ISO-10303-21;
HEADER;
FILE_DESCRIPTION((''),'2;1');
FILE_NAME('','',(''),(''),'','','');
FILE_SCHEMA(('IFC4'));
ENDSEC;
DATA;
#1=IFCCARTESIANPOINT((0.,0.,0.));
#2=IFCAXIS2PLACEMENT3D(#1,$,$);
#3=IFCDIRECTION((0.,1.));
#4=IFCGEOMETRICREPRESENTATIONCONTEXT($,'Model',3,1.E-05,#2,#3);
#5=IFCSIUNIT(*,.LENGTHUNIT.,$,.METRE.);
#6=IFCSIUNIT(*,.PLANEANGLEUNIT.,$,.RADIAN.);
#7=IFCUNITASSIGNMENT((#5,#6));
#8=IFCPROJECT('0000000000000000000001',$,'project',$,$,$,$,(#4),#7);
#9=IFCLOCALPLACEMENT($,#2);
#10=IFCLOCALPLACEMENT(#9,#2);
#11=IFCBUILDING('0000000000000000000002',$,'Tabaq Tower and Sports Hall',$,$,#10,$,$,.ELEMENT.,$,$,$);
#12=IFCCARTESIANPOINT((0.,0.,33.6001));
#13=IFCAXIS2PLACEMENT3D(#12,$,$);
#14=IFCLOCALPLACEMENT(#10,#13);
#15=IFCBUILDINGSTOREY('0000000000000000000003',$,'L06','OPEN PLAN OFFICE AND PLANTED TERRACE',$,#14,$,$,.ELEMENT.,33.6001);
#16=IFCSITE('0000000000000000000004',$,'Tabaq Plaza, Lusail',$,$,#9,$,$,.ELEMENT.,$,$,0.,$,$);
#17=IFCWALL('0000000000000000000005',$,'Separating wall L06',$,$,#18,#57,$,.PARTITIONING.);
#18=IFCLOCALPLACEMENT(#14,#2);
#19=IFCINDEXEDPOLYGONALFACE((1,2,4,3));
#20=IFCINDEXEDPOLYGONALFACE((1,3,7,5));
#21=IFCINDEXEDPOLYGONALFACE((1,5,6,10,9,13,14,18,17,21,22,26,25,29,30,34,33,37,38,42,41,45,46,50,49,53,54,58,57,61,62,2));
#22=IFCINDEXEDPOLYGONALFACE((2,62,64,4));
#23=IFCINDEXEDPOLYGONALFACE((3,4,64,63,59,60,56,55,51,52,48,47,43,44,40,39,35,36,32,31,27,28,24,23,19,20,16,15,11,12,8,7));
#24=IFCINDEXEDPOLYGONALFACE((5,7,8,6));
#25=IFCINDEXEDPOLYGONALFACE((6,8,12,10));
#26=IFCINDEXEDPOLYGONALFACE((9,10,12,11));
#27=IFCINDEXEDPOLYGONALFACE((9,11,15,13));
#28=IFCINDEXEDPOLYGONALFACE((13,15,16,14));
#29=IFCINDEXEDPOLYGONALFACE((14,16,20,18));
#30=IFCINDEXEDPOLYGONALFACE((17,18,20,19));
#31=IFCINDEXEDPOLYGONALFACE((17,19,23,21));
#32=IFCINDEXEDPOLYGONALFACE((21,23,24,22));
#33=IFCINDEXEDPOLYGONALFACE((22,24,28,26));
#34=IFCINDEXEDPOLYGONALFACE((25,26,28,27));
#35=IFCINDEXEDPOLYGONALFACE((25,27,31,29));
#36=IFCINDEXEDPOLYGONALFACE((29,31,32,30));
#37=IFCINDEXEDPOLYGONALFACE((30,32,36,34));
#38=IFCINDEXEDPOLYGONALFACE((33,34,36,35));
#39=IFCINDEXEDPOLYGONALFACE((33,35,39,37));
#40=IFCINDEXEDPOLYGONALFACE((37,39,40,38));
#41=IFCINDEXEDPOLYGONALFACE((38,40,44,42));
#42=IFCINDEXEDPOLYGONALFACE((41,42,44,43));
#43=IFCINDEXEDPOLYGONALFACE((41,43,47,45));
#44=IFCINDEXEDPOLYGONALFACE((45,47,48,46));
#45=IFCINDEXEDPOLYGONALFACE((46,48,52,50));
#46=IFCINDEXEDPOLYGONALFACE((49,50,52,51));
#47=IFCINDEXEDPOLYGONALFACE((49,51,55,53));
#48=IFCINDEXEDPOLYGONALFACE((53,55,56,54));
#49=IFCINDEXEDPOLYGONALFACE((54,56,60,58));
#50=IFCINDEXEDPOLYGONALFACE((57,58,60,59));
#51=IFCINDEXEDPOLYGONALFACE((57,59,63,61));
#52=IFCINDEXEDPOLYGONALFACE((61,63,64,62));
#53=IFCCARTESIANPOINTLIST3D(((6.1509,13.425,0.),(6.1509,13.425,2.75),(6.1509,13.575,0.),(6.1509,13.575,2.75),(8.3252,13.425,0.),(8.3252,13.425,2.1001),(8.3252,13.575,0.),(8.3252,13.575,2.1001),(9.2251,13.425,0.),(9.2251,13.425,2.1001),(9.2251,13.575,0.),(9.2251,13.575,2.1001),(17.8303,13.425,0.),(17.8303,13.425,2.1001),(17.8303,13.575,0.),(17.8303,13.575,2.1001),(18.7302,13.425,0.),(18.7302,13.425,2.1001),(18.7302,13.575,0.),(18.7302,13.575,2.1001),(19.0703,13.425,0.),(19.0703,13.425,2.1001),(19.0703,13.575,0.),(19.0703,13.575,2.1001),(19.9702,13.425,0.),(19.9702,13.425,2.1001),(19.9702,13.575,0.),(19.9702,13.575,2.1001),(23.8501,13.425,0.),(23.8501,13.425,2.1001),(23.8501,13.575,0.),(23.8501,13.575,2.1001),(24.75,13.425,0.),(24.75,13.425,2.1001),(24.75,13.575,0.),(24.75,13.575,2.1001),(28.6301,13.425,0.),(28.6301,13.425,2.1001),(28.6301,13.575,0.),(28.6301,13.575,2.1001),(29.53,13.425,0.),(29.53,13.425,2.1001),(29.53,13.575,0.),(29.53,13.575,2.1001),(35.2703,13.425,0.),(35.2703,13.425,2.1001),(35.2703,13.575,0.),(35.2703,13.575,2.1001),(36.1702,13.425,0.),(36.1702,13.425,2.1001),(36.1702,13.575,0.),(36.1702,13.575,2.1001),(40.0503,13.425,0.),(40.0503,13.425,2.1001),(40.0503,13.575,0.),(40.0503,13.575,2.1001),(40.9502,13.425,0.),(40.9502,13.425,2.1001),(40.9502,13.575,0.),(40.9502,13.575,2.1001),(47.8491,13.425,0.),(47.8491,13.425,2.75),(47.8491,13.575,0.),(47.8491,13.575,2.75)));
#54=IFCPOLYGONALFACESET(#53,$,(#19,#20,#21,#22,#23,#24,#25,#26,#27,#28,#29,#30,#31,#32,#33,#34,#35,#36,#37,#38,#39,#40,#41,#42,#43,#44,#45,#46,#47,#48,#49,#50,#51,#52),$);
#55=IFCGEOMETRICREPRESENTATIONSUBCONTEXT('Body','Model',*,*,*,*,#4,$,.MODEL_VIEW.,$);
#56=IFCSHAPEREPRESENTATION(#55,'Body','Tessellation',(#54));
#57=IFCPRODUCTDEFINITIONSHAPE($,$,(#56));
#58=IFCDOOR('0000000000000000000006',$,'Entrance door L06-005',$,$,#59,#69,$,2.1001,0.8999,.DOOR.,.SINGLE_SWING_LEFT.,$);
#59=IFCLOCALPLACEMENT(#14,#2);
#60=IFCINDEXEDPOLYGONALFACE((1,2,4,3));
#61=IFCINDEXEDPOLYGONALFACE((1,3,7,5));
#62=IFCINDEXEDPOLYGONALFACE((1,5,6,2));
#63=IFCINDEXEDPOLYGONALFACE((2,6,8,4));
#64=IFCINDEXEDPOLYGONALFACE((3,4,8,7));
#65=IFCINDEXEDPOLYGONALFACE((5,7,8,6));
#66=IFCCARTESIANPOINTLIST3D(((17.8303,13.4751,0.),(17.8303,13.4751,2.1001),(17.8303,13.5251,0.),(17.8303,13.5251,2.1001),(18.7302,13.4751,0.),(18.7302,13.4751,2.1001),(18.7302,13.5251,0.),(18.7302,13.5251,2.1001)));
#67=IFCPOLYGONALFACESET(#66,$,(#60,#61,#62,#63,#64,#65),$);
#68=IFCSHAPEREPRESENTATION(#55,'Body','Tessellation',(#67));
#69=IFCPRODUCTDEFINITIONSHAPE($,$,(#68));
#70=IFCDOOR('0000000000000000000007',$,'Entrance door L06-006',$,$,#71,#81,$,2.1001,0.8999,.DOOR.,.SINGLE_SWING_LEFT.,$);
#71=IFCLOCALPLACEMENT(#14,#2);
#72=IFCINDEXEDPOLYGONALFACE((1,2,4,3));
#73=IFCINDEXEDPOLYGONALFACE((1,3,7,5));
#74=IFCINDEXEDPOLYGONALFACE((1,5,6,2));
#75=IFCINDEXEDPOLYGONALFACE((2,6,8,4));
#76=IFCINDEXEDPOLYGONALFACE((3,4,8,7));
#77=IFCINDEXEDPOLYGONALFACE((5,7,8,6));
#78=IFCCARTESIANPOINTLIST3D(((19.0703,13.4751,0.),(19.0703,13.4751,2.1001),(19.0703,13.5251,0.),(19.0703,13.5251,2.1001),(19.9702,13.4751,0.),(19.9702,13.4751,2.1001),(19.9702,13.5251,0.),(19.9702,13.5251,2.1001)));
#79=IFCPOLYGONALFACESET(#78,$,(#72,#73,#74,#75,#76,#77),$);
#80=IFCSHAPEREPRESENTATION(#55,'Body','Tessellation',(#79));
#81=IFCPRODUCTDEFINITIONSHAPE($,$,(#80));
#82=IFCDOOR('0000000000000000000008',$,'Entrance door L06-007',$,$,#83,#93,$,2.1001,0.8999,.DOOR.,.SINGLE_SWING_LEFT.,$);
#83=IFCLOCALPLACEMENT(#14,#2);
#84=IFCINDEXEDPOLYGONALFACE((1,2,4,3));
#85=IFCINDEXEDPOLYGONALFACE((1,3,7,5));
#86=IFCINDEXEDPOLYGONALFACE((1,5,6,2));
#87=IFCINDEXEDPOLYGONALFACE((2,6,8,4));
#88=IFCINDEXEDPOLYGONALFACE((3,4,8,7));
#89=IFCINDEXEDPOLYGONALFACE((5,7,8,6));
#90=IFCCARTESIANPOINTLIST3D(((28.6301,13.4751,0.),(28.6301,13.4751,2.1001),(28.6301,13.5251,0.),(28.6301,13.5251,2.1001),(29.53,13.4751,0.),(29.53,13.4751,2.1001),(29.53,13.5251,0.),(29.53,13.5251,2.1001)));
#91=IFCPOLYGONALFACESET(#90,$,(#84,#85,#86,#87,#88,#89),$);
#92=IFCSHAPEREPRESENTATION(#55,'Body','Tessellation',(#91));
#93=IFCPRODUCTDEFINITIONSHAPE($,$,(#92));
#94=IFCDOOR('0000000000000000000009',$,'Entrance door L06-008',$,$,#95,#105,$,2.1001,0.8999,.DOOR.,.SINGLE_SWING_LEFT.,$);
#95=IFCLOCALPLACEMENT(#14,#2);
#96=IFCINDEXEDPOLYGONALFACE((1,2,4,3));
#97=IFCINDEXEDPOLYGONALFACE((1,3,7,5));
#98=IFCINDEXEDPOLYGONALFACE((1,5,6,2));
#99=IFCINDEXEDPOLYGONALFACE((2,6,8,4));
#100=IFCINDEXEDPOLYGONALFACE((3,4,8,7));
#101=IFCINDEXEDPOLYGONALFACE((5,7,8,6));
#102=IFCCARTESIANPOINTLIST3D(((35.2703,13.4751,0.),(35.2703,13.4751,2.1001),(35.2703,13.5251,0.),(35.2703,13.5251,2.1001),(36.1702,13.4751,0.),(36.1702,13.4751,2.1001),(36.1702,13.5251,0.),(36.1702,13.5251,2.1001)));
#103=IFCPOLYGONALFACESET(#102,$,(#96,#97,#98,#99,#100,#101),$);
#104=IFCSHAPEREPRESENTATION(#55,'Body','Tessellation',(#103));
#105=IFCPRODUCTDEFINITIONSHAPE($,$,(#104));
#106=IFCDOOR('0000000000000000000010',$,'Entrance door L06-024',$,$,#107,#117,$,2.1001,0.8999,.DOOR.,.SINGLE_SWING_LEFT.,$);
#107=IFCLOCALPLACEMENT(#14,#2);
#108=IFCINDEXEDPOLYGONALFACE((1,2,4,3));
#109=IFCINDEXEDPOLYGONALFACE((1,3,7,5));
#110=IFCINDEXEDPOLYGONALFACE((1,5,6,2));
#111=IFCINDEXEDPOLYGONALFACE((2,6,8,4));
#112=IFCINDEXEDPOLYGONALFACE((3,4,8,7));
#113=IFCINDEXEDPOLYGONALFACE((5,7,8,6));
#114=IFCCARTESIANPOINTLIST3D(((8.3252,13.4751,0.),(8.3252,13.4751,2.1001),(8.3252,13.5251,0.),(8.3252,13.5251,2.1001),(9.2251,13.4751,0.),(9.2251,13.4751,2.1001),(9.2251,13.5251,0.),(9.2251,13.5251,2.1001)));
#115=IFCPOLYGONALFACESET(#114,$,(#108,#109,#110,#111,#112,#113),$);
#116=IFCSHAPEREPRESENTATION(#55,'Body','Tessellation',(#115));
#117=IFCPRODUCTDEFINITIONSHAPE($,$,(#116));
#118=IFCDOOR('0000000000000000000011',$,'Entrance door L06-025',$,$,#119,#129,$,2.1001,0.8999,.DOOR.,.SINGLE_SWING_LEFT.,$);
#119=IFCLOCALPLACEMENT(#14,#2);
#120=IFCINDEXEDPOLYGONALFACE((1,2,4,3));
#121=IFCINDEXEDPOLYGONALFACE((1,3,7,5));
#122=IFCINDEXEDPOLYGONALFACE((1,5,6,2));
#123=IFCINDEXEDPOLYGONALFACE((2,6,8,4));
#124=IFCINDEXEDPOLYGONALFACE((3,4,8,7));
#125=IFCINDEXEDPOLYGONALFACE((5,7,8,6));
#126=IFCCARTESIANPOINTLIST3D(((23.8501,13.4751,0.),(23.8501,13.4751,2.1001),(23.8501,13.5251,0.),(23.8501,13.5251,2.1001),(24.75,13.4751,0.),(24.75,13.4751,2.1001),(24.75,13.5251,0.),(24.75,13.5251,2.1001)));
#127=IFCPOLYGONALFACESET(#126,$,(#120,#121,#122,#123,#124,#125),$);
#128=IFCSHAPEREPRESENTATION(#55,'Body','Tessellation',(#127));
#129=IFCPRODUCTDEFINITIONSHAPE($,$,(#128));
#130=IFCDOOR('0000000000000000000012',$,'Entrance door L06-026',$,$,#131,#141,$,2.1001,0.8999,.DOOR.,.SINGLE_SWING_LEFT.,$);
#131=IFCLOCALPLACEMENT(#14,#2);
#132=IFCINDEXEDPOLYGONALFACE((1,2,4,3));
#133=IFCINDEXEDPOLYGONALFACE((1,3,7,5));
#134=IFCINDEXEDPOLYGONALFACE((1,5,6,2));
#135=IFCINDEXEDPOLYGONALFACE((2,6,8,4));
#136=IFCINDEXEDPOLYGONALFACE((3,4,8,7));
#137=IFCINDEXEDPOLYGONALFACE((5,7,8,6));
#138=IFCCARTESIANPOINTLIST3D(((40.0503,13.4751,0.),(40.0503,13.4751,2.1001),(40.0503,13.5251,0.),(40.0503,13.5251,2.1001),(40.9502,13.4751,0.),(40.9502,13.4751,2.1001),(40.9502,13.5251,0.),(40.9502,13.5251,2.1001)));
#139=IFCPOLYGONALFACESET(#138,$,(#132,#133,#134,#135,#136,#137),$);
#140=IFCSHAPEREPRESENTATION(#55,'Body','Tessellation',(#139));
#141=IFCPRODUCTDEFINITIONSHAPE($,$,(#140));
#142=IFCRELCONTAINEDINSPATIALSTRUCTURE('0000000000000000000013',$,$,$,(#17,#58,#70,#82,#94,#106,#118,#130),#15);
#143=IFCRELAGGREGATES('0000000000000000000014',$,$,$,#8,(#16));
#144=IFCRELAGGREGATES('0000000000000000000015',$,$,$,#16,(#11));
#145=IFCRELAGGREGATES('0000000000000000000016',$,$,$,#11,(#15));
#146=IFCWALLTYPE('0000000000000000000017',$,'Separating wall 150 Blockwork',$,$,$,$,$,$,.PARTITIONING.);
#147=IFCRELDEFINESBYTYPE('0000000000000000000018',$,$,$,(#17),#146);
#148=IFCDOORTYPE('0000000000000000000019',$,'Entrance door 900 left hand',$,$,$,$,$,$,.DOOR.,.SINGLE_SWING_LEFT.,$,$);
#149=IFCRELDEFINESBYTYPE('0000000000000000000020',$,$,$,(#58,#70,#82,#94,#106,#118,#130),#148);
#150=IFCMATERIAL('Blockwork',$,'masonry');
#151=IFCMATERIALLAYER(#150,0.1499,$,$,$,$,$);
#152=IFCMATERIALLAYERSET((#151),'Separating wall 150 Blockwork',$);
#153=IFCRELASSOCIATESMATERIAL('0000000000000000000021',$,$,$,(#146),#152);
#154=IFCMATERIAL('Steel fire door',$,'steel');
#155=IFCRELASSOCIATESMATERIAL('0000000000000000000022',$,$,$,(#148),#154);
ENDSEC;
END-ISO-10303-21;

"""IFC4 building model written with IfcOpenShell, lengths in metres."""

from ifc_helpers import new_model, si_unit, direction, frame, frame_2d, origin, place, context, subcontext, project, spatial, rectangle, extrude, material, layer, layer_set, type_object, element, fill, save


model = new_model("IFC4")

# Units and contexts
model_context = context("Model", 3, precision=1e-05, world=origin(), true_north=direction((0.0, 1.0)))
body_context = subcontext(model_context, "Body", "Model", "MODEL_VIEW")
ifc_project = project(units=[si_unit("LENGTHUNIT", "METRE"), si_unit("PLANEANGLEUNIT", "RADIAN")], contexts=[model_context])

# Site, building, storey
site_placement = place(None, origin())
site = spatial("IfcSite", under=ifc_project, at=site_placement, Name="Tabaq Plaza, Lusail", CompositionType="ELEMENT", RefElevation=0.0)
building_placement = place(site_placement, origin())
building = spatial("IfcBuilding", under=site, at=building_placement, Name="Tabaq Tower and Sports Hall", CompositionType="ELEMENT")
storey_placement = place(building_placement, frame((0.0, 0.0, 33.6001)))
storey = spatial("IfcBuildingStorey", under=building, at=storey_placement, Name="L06", Description="OPEN PLAN OFFICE AND PLANTED TERRACE", CompositionType="ELEMENT", Elevation=33.6001)

# Wall, openings, doors
ifc_material_1 = material(Name="Blockwork", Category="masonry")
ifc_layer_1 = layer(ifc_material_1, 0.1499)
ifc_layer_set_1 = layer_set([ifc_layer_1], Name="Separating wall 150 Blockwork")
wall_type_1 = type_object("IfcWallType", Name="Separating wall 150 Blockwork", PredefinedType="PARTITIONING", material=ifc_layer_set_1)
wall_1_placement = place(storey_placement, frame((47.8491, 13.5, 0.0), z_axis=(0.0, 0.0, 1.0), x_axis=(-1.0, 0.0, 0.0)))
wall_1 = element("IfcWall", 1, at=wall_1_placement, inside=storey, type_object=wall_type_1, Name="Separating wall L06", PredefinedType="PARTITIONING", context=body_context, shape_type="SweptSolid", body=[
    extrude(rectangle(XDim=41.6982, YDim=0.1499, at=frame_2d((20.8491, 0.0))), origin(), (0.0, 0.0, 1.0), 2.75),
])
opening_1_placement = place(wall_1_placement, frame((29.1189, 0.0, 0.0)))
opening_1 = element("IfcOpeningElement", 2, at=opening_1_placement, cuts=wall_1, PredefinedType="OPENING", context=body_context, shape_type="SweptSolid", body=[
    extrude(rectangle(XDim=0.8999, YDim=2.1001, at=frame_2d((0.45, 1.05))), frame((0.0, 0.075, 0.0), z_axis=(0.0, -1.0, 0.0), x_axis=(1.0, 0.0, 0.0)), (0.0, 0.0, 1.0), 0.1499),
])
opening_2_placement = place(wall_1_placement, frame((27.8789, 0.0, 0.0)))
opening_2 = element("IfcOpeningElement", 3, at=opening_2_placement, cuts=wall_1, PredefinedType="OPENING", context=body_context, shape_type="SweptSolid", body=[
    extrude(rectangle(XDim=0.8999, YDim=2.1001, at=frame_2d((0.45, 1.05))), frame((0.0, 0.075, 0.0), z_axis=(0.0, -1.0, 0.0), x_axis=(1.0, 0.0, 0.0)), (0.0, 0.0, 1.0), 0.1499),
])
opening_3_placement = place(wall_1_placement, frame((18.3191, 0.0, 0.0)))
opening_3 = element("IfcOpeningElement", 4, at=opening_3_placement, cuts=wall_1, PredefinedType="OPENING", context=body_context, shape_type="SweptSolid", body=[
    extrude(rectangle(XDim=0.8999, YDim=2.1001, at=frame_2d((0.45, 1.05))), frame((0.0, 0.075, 0.0), z_axis=(0.0, -1.0, 0.0), x_axis=(1.0, 0.0, 0.0)), (0.0, 0.0, 1.0), 0.1499),
])
opening_4_placement = place(wall_1_placement, frame((11.679, 0.0, 0.0)))
opening_4 = element("IfcOpeningElement", 5, at=opening_4_placement, cuts=wall_1, PredefinedType="OPENING", context=body_context, shape_type="SweptSolid", body=[
    extrude(rectangle(XDim=0.8999, YDim=2.1001, at=frame_2d((0.45, 1.05))), frame((0.0, 0.075, 0.0), z_axis=(0.0, -1.0, 0.0), x_axis=(1.0, 0.0, 0.0)), (0.0, 0.0, 1.0), 0.1499),
])
opening_5_placement = place(wall_1_placement, frame((38.624, 0.0, 0.0)))
opening_5 = element("IfcOpeningElement", 6, at=opening_5_placement, cuts=wall_1, PredefinedType="OPENING", context=body_context, shape_type="SweptSolid", body=[
    extrude(rectangle(XDim=0.8999, YDim=2.1001, at=frame_2d((0.45, 1.05))), frame((0.0, 0.075, 0.0), z_axis=(0.0, -1.0, 0.0), x_axis=(1.0, 0.0, 0.0)), (0.0, 0.0, 1.0), 0.1499),
])
opening_6_placement = place(wall_1_placement, frame((23.0991, 0.0, 0.0)))
opening_6 = element("IfcOpeningElement", 7, at=opening_6_placement, cuts=wall_1, PredefinedType="OPENING", context=body_context, shape_type="SweptSolid", body=[
    extrude(rectangle(XDim=0.8999, YDim=2.1001, at=frame_2d((0.45, 1.05))), frame((0.0, 0.075, 0.0), z_axis=(0.0, -1.0, 0.0), x_axis=(1.0, 0.0, 0.0)), (0.0, 0.0, 1.0), 0.1499),
])
opening_7_placement = place(wall_1_placement, frame((6.8989, 0.0, 0.0)))
opening_7 = element("IfcOpeningElement", 8, at=opening_7_placement, cuts=wall_1, PredefinedType="OPENING", context=body_context, shape_type="SweptSolid", body=[
    extrude(rectangle(XDim=0.8999, YDim=2.1001, at=frame_2d((0.45, 1.05))), frame((0.0, 0.075, 0.0), z_axis=(0.0, -1.0, 0.0), x_axis=(1.0, 0.0, 0.0)), (0.0, 0.0, 1.0), 0.1499),
])
ifc_material_2 = material(Name="Steel fire door", Category="steel")
door_type_1 = type_object("IfcDoorType", Name="Entrance door 900 left hand", OperationType="SINGLE_SWING_LEFT", PredefinedType="DOOR", material=ifc_material_2)
door_1_placement = place(opening_1_placement, origin())
door_1 = element("IfcDoor", 9, at=door_1_placement, inside=storey, type_object=door_type_1, Name="Entrance door L06-005", OperationType="SINGLE_SWING_LEFT", OverallHeight=2.1001, OverallWidth=0.8999, PredefinedType="DOOR", context=body_context, shape_type="SweptSolid", body=[
    extrude(rectangle(XDim=0.8999, YDim=2.1001, at=frame_2d((0.45, 1.05))), frame((0.0, 0.0249, 0.0), z_axis=(0.0, -1.0, 0.0), x_axis=(1.0, 0.0, 0.0)), (0.0, 0.0, 1.0), 0.05),
])
fill(opening_1, door_1)
door_2_placement = place(opening_2_placement, origin())
door_2 = element("IfcDoor", 10, at=door_2_placement, inside=storey, type_object=door_type_1, Name="Entrance door L06-006", OperationType="SINGLE_SWING_LEFT", OverallHeight=2.1001, OverallWidth=0.8999, PredefinedType="DOOR", context=body_context, shape_type="SweptSolid", body=[
    extrude(rectangle(XDim=0.8999, YDim=2.1001, at=frame_2d((0.45, 1.05))), frame((0.0, 0.0249, 0.0), z_axis=(0.0, -1.0, 0.0), x_axis=(1.0, 0.0, 0.0)), (0.0, 0.0, 1.0), 0.05),
])
fill(opening_2, door_2)
door_3_placement = place(opening_3_placement, origin())
door_3 = element("IfcDoor", 11, at=door_3_placement, inside=storey, type_object=door_type_1, Name="Entrance door L06-007", OperationType="SINGLE_SWING_LEFT", OverallHeight=2.1001, OverallWidth=0.8999, PredefinedType="DOOR", context=body_context, shape_type="SweptSolid", body=[
    extrude(rectangle(XDim=0.8999, YDim=2.1001, at=frame_2d((0.45, 1.05))), frame((0.0, 0.0249, 0.0), z_axis=(0.0, -1.0, 0.0), x_axis=(1.0, 0.0, 0.0)), (0.0, 0.0, 1.0), 0.05),
])
fill(opening_3, door_3)
door_4_placement = place(opening_4_placement, origin())
door_4 = element("IfcDoor", 12, at=door_4_placement, inside=storey, type_object=door_type_1, Name="Entrance door L06-008", OperationType="SINGLE_SWING_LEFT", OverallHeight=2.1001, OverallWidth=0.8999, PredefinedType="DOOR", context=body_context, shape_type="SweptSolid", body=[
    extrude(rectangle(XDim=0.8999, YDim=2.1001, at=frame_2d((0.45, 1.05))), frame((0.0, 0.0249, 0.0), z_axis=(0.0, -1.0, 0.0), x_axis=(1.0, 0.0, 0.0)), (0.0, 0.0, 1.0), 0.05),
])
fill(opening_4, door_4)
door_5_placement = place(opening_5_placement, origin())
door_5 = element("IfcDoor", 13, at=door_5_placement, inside=storey, type_object=door_type_1, Name="Entrance door L06-024", OperationType="SINGLE_SWING_LEFT", OverallHeight=2.1001, OverallWidth=0.8999, PredefinedType="DOOR", context=body_context, shape_type="SweptSolid", body=[
    extrude(rectangle(XDim=0.8999, YDim=2.1001, at=frame_2d((0.45, 1.05))), frame((0.0, 0.0249, 0.0), z_axis=(0.0, -1.0, 0.0), x_axis=(1.0, 0.0, 0.0)), (0.0, 0.0, 1.0), 0.05),
])
fill(opening_5, door_5)
door_6_placement = place(opening_6_placement, origin())
door_6 = element("IfcDoor", 14, at=door_6_placement, inside=storey, type_object=door_type_1, Name="Entrance door L06-025", OperationType="SINGLE_SWING_LEFT", OverallHeight=2.1001, OverallWidth=0.8999, PredefinedType="DOOR", context=body_context, shape_type="SweptSolid", body=[
    extrude(rectangle(XDim=0.8999, YDim=2.1001, at=frame_2d((0.45, 1.05))), frame((0.0, 0.0249, 0.0), z_axis=(0.0, -1.0, 0.0), x_axis=(1.0, 0.0, 0.0)), (0.0, 0.0, 1.0), 0.05),
])
fill(opening_6, door_6)
door_7_placement = place(opening_7_placement, origin())
door_7 = element("IfcDoor", 15, at=door_7_placement, inside=storey, type_object=door_type_1, Name="Entrance door L06-026", OperationType="SINGLE_SWING_LEFT", OverallHeight=2.1001, OverallWidth=0.8999, PredefinedType="DOOR", context=body_context, shape_type="SweptSolid", body=[
    extrude(rectangle(XDim=0.8999, YDim=2.1001, at=frame_2d((0.45, 1.05))), frame((0.0, 0.0249, 0.0), z_axis=(0.0, -1.0, 0.0), x_axis=(1.0, 0.0, 0.0)), (0.0, 0.0, 1.0), 0.05),
])
fill(opening_7, door_7)

save(model, "model.ifc")
